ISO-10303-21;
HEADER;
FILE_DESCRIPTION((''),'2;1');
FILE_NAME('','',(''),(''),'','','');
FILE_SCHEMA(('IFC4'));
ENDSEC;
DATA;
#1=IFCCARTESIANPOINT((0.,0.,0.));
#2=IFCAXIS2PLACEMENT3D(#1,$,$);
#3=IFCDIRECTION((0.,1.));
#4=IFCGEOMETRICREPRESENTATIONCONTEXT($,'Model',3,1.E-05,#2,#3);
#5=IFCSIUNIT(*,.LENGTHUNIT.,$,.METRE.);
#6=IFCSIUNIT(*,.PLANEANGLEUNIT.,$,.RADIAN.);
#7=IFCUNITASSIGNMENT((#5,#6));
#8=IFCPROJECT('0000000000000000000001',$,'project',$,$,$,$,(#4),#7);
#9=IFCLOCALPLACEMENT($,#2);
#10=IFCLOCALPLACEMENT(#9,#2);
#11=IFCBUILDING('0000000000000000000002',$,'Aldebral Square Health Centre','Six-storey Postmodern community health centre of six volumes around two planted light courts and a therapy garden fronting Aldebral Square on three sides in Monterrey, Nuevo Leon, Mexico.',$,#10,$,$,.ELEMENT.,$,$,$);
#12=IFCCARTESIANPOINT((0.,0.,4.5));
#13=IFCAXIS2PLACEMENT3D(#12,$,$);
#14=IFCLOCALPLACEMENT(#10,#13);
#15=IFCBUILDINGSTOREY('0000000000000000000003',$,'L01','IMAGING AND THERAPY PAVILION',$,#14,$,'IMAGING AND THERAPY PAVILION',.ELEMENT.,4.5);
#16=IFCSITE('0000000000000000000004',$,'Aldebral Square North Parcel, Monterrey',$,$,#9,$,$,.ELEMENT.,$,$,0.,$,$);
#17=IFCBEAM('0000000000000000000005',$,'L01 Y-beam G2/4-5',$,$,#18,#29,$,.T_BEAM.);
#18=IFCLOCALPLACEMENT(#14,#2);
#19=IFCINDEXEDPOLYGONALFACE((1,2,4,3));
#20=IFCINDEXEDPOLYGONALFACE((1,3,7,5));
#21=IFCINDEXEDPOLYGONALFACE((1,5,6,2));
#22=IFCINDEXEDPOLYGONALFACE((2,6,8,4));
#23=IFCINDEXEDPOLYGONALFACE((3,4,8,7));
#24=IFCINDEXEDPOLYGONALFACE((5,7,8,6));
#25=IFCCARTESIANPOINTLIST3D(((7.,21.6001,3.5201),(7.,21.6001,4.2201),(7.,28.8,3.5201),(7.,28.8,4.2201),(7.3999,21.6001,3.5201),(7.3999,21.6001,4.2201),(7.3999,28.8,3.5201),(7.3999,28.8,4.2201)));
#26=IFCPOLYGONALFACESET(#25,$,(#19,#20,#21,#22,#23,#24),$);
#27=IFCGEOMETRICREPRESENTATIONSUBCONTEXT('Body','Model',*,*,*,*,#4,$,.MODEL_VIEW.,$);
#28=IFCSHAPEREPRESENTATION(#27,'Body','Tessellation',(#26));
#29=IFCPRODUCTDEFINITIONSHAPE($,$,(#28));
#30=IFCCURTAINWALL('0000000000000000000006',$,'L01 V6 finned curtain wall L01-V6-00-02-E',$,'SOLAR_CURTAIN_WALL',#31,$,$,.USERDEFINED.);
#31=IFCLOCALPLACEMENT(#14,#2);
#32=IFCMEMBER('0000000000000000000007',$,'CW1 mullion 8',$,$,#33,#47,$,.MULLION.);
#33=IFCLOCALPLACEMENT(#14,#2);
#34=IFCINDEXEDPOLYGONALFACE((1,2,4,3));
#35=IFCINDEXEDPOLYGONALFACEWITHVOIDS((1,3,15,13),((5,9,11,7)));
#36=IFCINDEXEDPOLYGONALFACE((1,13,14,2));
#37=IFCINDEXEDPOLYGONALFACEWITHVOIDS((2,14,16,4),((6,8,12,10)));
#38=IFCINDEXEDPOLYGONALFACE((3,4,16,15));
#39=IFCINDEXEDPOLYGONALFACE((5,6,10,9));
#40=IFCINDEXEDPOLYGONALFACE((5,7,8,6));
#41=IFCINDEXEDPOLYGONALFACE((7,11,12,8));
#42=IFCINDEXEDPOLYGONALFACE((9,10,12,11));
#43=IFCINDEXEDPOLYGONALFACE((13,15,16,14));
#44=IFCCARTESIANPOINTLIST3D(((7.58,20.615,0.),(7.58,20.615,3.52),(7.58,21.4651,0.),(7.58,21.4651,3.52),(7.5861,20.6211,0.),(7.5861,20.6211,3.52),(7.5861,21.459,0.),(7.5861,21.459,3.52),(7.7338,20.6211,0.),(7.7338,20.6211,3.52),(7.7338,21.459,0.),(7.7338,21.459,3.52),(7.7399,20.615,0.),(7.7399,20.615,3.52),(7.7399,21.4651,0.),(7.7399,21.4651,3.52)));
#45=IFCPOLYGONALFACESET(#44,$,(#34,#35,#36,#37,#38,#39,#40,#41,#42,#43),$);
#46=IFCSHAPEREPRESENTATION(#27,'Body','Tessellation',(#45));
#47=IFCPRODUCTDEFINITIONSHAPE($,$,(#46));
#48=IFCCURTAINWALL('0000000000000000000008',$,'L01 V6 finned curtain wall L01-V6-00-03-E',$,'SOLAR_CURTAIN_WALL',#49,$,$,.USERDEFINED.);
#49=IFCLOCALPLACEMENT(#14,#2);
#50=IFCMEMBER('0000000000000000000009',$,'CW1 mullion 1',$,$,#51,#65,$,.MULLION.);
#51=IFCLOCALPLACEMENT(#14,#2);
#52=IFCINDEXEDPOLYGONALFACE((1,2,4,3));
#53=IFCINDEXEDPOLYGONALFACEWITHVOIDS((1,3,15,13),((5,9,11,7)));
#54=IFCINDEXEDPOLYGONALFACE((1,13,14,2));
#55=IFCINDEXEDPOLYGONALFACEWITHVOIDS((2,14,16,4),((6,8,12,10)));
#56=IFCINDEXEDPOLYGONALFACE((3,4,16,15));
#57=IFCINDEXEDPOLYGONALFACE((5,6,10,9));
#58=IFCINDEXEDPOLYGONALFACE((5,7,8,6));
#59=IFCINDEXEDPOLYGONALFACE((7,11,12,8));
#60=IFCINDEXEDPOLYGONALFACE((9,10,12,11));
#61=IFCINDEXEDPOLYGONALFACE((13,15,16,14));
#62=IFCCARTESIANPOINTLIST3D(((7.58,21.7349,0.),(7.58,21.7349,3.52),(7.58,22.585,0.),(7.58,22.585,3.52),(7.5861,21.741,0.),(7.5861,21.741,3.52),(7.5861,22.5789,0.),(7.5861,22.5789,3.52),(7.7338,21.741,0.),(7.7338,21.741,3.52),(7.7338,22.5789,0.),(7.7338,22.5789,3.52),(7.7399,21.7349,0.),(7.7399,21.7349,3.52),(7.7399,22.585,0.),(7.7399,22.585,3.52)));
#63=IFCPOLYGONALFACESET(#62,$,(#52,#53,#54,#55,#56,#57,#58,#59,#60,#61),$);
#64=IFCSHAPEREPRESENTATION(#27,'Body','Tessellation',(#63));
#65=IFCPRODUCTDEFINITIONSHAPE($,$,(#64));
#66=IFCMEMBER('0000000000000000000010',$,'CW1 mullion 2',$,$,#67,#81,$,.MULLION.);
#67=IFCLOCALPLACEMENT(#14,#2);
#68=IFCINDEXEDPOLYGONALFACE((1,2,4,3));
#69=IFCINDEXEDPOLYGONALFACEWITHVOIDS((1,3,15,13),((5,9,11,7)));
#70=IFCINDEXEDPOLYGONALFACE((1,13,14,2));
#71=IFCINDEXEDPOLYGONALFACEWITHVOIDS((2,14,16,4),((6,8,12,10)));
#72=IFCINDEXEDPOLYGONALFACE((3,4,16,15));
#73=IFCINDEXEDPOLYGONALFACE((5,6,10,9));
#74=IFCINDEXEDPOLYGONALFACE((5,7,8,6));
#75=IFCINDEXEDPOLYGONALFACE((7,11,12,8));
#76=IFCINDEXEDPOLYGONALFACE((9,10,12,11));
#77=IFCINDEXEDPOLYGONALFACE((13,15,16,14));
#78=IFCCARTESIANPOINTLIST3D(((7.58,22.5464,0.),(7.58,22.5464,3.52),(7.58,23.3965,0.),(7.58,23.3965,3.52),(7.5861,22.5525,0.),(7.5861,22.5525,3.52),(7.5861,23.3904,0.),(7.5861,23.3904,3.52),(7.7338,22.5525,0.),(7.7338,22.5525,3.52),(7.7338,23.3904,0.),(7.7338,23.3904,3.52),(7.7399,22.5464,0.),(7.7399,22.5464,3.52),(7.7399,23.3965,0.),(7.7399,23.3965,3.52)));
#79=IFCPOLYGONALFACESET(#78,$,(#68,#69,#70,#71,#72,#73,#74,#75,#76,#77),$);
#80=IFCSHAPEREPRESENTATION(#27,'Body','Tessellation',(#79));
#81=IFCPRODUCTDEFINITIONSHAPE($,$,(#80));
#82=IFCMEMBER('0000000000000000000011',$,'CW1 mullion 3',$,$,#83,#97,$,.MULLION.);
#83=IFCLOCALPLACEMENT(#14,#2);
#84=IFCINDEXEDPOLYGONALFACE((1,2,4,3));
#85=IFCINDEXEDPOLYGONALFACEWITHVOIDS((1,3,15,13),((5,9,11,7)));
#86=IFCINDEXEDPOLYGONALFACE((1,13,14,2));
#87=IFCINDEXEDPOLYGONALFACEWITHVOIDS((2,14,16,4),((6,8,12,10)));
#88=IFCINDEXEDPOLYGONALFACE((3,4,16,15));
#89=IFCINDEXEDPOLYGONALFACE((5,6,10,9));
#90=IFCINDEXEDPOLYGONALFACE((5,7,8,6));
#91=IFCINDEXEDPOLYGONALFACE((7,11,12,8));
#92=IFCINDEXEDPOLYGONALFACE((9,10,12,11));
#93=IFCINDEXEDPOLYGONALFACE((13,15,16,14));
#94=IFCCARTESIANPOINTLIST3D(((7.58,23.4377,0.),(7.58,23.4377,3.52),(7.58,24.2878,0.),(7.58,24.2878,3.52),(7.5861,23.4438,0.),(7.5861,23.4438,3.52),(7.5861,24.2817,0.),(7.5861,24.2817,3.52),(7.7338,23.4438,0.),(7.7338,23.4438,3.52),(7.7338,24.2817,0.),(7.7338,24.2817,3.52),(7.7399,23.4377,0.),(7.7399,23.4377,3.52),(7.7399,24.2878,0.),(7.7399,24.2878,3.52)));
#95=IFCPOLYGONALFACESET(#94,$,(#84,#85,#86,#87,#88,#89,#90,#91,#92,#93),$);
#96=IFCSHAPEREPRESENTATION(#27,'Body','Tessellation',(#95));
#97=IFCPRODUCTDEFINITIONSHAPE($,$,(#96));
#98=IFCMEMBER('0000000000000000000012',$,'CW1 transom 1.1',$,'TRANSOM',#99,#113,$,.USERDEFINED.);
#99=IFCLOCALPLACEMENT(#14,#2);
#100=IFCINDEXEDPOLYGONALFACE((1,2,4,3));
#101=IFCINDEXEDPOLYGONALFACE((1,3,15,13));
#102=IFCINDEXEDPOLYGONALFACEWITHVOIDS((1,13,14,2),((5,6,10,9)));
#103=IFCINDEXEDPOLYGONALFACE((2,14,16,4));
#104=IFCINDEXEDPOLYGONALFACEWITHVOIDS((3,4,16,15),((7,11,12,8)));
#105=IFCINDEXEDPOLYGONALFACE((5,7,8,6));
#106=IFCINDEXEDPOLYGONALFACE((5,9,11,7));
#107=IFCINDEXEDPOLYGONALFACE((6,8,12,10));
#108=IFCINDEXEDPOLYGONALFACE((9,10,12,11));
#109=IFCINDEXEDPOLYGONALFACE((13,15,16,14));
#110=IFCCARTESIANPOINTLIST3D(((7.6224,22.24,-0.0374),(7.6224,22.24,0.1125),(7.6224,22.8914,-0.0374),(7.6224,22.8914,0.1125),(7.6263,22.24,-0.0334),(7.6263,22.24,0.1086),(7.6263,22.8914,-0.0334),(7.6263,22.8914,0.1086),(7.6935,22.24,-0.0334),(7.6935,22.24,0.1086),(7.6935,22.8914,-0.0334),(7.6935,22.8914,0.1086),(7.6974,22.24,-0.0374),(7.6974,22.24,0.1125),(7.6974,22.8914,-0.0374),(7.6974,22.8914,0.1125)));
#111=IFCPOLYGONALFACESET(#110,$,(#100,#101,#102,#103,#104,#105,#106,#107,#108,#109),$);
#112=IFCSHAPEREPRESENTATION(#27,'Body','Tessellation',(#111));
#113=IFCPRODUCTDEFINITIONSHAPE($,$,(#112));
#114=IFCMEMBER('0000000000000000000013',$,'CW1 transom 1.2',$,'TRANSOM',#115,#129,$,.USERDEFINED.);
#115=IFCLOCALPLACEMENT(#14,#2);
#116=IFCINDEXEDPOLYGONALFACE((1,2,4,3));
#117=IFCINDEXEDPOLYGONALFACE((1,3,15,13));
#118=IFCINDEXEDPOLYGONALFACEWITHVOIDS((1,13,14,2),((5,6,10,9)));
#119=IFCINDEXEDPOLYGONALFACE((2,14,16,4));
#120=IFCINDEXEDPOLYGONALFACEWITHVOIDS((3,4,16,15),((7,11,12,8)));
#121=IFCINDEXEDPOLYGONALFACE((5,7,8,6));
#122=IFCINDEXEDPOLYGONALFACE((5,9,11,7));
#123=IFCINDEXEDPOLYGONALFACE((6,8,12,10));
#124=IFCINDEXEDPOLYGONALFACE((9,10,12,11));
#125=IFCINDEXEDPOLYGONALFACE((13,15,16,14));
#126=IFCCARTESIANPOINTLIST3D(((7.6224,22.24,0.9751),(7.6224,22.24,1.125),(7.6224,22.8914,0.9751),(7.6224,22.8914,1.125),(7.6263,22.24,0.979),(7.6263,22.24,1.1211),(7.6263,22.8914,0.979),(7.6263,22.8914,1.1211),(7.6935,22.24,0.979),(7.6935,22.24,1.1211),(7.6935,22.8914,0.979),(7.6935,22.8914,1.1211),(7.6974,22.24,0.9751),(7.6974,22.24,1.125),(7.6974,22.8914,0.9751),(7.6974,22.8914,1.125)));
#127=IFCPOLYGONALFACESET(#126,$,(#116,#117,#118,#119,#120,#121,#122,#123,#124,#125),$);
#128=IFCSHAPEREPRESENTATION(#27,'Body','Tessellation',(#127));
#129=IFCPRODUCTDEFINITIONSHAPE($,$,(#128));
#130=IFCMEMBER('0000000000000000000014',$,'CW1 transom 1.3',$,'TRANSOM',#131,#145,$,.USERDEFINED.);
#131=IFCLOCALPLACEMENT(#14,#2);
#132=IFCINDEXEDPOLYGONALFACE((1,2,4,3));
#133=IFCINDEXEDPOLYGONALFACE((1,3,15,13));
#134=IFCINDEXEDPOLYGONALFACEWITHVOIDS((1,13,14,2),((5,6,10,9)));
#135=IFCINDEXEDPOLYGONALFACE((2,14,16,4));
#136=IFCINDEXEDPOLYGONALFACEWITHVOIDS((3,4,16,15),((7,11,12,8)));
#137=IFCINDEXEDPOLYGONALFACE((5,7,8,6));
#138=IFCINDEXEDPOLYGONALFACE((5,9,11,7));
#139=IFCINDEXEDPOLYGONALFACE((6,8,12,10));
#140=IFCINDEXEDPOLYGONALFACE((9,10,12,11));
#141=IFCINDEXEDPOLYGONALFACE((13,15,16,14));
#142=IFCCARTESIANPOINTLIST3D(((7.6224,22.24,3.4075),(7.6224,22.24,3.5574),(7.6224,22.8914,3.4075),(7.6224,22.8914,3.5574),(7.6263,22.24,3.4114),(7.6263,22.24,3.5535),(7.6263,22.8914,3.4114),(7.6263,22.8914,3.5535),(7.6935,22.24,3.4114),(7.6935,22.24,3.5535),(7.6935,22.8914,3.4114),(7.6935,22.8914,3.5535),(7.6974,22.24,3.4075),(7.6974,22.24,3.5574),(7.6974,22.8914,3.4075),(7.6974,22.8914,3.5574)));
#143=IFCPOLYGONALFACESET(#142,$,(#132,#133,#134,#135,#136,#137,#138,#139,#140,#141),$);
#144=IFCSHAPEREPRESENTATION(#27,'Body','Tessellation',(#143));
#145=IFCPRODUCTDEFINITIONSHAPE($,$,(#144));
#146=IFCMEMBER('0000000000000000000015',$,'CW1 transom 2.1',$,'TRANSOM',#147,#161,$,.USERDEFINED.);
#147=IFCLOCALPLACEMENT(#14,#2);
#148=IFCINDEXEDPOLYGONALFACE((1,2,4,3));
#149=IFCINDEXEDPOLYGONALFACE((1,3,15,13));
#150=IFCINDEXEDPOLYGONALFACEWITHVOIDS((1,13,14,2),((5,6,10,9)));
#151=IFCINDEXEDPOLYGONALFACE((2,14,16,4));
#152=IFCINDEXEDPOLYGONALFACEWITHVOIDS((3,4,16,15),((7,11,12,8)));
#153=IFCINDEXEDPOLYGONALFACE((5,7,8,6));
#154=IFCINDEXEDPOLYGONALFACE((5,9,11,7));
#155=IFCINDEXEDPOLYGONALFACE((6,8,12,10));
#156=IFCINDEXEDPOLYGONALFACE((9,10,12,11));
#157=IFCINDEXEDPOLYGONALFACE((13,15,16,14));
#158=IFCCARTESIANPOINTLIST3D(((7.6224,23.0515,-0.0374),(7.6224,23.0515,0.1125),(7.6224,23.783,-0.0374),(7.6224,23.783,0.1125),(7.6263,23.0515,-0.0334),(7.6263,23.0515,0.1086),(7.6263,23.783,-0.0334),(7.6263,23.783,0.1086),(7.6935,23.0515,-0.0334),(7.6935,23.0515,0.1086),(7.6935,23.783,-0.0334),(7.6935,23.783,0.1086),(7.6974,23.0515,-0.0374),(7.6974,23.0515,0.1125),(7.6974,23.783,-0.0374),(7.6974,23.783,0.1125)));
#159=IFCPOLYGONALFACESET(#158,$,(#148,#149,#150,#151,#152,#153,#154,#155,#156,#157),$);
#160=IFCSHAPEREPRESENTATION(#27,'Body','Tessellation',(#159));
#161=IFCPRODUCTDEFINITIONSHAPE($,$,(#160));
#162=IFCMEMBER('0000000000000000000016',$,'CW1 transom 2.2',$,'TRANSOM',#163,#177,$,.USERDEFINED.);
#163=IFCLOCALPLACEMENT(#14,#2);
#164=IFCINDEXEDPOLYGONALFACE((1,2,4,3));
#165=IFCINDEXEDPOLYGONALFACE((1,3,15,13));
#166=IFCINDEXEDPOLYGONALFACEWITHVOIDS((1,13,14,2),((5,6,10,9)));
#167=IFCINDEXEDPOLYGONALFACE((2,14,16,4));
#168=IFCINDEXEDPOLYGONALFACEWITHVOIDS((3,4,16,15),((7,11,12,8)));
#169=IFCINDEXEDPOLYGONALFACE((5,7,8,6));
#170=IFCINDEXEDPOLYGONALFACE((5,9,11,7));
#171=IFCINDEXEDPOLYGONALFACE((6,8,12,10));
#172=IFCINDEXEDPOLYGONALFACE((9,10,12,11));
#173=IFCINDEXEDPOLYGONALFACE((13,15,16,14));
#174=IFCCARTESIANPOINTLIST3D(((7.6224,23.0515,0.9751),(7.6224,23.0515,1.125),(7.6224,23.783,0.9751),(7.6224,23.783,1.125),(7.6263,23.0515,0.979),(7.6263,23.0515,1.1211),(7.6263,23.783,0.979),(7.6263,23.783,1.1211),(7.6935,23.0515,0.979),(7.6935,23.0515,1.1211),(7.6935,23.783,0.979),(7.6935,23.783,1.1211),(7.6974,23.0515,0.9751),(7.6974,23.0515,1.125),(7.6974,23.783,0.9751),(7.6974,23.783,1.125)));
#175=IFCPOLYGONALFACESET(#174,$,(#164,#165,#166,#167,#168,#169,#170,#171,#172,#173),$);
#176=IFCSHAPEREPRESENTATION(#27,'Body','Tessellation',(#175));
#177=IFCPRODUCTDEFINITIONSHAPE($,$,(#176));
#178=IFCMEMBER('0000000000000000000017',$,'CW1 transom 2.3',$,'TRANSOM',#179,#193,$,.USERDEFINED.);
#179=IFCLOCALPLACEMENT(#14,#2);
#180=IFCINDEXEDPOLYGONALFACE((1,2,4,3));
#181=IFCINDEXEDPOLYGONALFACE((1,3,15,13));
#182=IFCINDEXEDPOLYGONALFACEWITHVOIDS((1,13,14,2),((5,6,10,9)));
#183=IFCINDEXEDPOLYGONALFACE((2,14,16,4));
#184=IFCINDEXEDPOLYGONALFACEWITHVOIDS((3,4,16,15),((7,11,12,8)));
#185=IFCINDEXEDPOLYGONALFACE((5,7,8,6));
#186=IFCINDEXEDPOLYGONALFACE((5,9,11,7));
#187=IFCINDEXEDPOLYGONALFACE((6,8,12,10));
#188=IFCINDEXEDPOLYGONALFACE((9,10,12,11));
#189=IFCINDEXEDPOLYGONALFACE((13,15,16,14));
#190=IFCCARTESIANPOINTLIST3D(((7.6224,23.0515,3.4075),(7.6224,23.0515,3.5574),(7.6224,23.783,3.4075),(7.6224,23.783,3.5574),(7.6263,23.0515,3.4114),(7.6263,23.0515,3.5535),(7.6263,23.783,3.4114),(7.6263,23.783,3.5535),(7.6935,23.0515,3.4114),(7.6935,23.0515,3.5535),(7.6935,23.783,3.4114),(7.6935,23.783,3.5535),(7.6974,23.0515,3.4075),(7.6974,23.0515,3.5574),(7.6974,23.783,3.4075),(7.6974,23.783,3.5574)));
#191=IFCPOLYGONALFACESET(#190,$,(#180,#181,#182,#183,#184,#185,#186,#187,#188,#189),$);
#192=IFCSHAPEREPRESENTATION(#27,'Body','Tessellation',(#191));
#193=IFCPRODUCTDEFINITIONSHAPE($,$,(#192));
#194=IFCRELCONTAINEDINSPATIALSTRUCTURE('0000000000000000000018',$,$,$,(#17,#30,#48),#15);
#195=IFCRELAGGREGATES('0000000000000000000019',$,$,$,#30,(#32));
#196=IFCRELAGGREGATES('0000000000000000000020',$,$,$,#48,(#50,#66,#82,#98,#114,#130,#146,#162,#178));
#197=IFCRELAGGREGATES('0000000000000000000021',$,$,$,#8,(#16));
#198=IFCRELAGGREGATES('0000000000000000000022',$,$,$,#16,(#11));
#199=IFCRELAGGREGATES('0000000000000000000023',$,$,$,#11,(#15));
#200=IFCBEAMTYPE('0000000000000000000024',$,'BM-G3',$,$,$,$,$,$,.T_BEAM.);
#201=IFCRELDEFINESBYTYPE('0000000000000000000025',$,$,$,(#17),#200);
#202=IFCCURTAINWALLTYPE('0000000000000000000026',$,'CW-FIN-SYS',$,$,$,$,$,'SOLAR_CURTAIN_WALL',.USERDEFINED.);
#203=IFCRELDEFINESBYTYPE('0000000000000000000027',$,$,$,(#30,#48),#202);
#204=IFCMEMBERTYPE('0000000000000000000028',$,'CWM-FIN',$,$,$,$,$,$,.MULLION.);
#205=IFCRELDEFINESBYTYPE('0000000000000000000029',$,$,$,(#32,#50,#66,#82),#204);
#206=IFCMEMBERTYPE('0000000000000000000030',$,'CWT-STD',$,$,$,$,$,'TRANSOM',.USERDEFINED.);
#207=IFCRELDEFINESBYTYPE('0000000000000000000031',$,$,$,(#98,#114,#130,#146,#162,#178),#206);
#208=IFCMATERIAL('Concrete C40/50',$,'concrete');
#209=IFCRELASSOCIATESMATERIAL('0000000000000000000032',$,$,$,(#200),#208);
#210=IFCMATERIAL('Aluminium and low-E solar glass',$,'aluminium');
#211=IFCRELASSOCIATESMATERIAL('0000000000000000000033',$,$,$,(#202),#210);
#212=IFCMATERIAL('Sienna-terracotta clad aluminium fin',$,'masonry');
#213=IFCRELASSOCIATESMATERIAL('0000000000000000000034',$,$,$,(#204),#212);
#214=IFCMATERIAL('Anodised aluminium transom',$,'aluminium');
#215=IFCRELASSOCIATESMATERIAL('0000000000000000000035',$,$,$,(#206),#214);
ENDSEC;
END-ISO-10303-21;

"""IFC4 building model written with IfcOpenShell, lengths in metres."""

from ifc_helpers import new_model, si_unit, direction, frame, origin, origin_2d, place, context, subcontext, project, spatial, rectangle, hollow_rectangle, extrude, material, material_profile, profile_set, type_object, element, aggregate, save


model = new_model("IFC4")

# Units and contexts
model_context = context("Model", 3, precision=1e-05, world=origin(), true_north=direction((0.0, 1.0)))
body_context = subcontext(model_context, "Body", "Model", "MODEL_VIEW")
ifc_project = project(units=[si_unit("LENGTHUNIT", "METRE"), si_unit("PLANEANGLEUNIT", "RADIAN")], contexts=[model_context])

# Site, building, storey
site_placement = place(None, origin())
site = spatial("IfcSite", under=ifc_project, at=site_placement, Name="Aldebral Square North Parcel, Monterrey", CompositionType="ELEMENT", RefElevation=0.0)
building_placement = place(site_placement, origin())
building = spatial("IfcBuilding", under=site, at=building_placement, Name="Aldebral Square Health Centre", Description="Six-storey Postmodern community health centre of six volumes around two planted light courts and a therapy garden fronting Aldebral Square on three sides in Monterrey, Nuevo Leon, Mexico.", CompositionType="ELEMENT")
storey_placement = place(building_placement, frame((0.0, 0.0, 4.5)))
storey = spatial("IfcBuildingStorey", under=building, at=storey_placement, Name="L01", Description="IMAGING AND THERAPY PAVILION", LongName="IMAGING AND THERAPY PAVILION", CompositionType="ELEMENT", Elevation=4.5)

# Beam
ifc_material_1 = material(Name="Concrete C40/50", Category="concrete")
ifc_material_profile_1 = material_profile(ifc_material_1, rectangle(XDim=0.3999, YDim=0.7, at=origin_2d()), Name="RC 400x700")
ifc_profile_set_1 = profile_set([ifc_material_profile_1], Name="Concrete C40/50")
beam_type = type_object("IfcBeamType", Name="BM-G3", PredefinedType="T_BEAM", material=ifc_profile_set_1)
beam_placement = place(storey_placement, frame((7.2, 21.6001, 3.8701), z_axis=(0.0, 1.0, 0.0), x_axis=(-1.0, 0.0, 0.0)))
element("IfcBeam", 1, at=beam_placement, inside=storey, type_object=beam_type, Name="L01 Y-beam G2/4-5", PredefinedType="T_BEAM", context=body_context, shape_type="SweptSolid", body=[
    extrude(rectangle(XDim=0.3999, YDim=0.7, at=origin_2d()), origin(), (0.0, 0.0, 1.0), 7.2),
])

# Curtain wall, member
ifc_material_2 = material(Name="Aluminium and low-E solar glass", Category="aluminium")
curtain_wall_type = type_object("IfcCurtainWallType", Name="CW-FIN-SYS", ElementType="SOLAR_CURTAIN_WALL", PredefinedType="USERDEFINED", material=ifc_material_2)
curtain_wall_1_placement = place(storey_placement, origin())
curtain_wall_1 = element("IfcCurtainWall", 2, at=curtain_wall_1_placement, inside=storey, type_object=curtain_wall_type, Name="L01 V6 finned curtain wall L01-V6-00-02-E", ObjectType="SOLAR_CURTAIN_WALL", PredefinedType="USERDEFINED")
ifc_material_3 = material(Name="Sienna-terracotta clad aluminium fin", Category="masonry")
ifc_material_profile_2 = material_profile(ifc_material_3, hollow_rectangle(XDim=0.1599, YDim=0.8501, WallThickness=0.0061, at=origin_2d()), Name="FIN 160x850x6")
ifc_profile_set_2 = profile_set([ifc_material_profile_2], Name="Sienna-terracotta clad aluminium fin")
member_type_1 = type_object("IfcMemberType", Name="CWM-FIN", PredefinedType="MULLION", material=ifc_profile_set_2)
member_1_placement = place(storey_placement, frame((7.6599, 21.04, 0.0), z_axis=(0.0, 0.0, 1.0), x_axis=(-1.0, 0.0, 0.0)))
member_1 = element("IfcMember", 3, at=member_1_placement, type_object=member_type_1, Name="CW1 mullion 8", PredefinedType="MULLION", context=body_context, shape_type="SweptSolid", body=[
    extrude(hollow_rectangle(XDim=0.1599, YDim=0.8501, WallThickness=0.0061, at=origin_2d()), origin(), (0.0, 0.0, 1.0), 3.52),
])
aggregate(curtain_wall_1, [member_1])

# Curtain wall, members
curtain_wall_2_placement = place(storey_placement, origin())
curtain_wall_2 = element("IfcCurtainWall", 4, at=curtain_wall_2_placement, inside=storey, type_object=curtain_wall_type, Name="L01 V6 finned curtain wall L01-V6-00-03-E", ObjectType="SOLAR_CURTAIN_WALL", PredefinedType="USERDEFINED")
member_2_placement = place(storey_placement, frame((7.6599, 22.1599, 0.0), z_axis=(0.0, 0.0, 1.0), x_axis=(-1.0, 0.0, 0.0)))
member_2 = element("IfcMember", 5, at=member_2_placement, type_object=member_type_1, Name="CW1 mullion 1", PredefinedType="MULLION", context=body_context, shape_type="SweptSolid", body=[
    extrude(hollow_rectangle(XDim=0.1599, YDim=0.8501, WallThickness=0.0061, at=origin_2d()), origin(), (0.0, 0.0, 1.0), 3.52),
])
member_3_placement = place(storey_placement, frame((7.6599, 22.9714, 0.0), z_axis=(0.0, 0.0, 1.0), x_axis=(-1.0, 0.0, 0.0)))
member_3 = element("IfcMember", 6, at=member_3_placement, type_object=member_type_1, Name="CW1 mullion 2", PredefinedType="MULLION", context=body_context, shape_type="SweptSolid", body=[
    extrude(hollow_rectangle(XDim=0.1599, YDim=0.8501, WallThickness=0.0061, at=origin_2d()), origin(), (0.0, 0.0, 1.0), 3.52),
])
member_4_placement = place(storey_placement, frame((7.6599, 23.8628, 0.0), z_axis=(0.0, 0.0, 1.0), x_axis=(-1.0, 0.0, 0.0)))
member_4 = element("IfcMember", 7, at=member_4_placement, type_object=member_type_1, Name="CW1 mullion 3", PredefinedType="MULLION", context=body_context, shape_type="SweptSolid", body=[
    extrude(hollow_rectangle(XDim=0.1599, YDim=0.8501, WallThickness=0.0061, at=origin_2d()), origin(), (0.0, 0.0, 1.0), 3.52),
])
ifc_material_4 = material(Name="Anodised aluminium transom", Category="aluminium")
ifc_material_profile_3 = material_profile(ifc_material_4, hollow_rectangle(XDim=0.075, YDim=0.1499, WallThickness=0.0039, at=origin_2d()), Name="CWT 75x150x4")
ifc_profile_set_3 = profile_set([ifc_material_profile_3], Name="Anodised aluminium transom")
member_type_2 = type_object("IfcMemberType", Name="CWT-STD", ElementType="TRANSOM", PredefinedType="USERDEFINED", material=ifc_profile_set_3)
member_5_placement = place(storey_placement, frame((7.6599, 22.24, 0.0376), z_axis=(0.0, 1.0, 0.0), x_axis=(-1.0, 0.0, 0.0)))
member_5 = element("IfcMember", 8, at=member_5_placement, type_object=member_type_2, Name="CW1 transom 1.1", ObjectType="TRANSOM", PredefinedType="USERDEFINED", context=body_context, shape_type="SweptSolid", body=[
    extrude(hollow_rectangle(XDim=0.075, YDim=0.1499, WallThickness=0.0039, at=origin_2d()), origin(), (0.0, 0.0, 1.0), 0.6514),
])
member_6_placement = place(storey_placement, frame((7.6599, 22.24, 1.05), z_axis=(0.0, 1.0, 0.0), x_axis=(-1.0, 0.0, 0.0)))
member_6 = element("IfcMember", 9, at=member_6_placement, type_object=member_type_2, Name="CW1 transom 1.2", ObjectType="TRANSOM", PredefinedType="USERDEFINED", context=body_context, shape_type="SweptSolid", body=[
    extrude(hollow_rectangle(XDim=0.075, YDim=0.1499, WallThickness=0.0039, at=origin_2d()), origin(), (0.0, 0.0, 1.0), 0.6514),
])
member_7_placement = place(storey_placement, frame((7.6599, 22.24, 3.4824), z_axis=(0.0, 1.0, 0.0), x_axis=(-1.0, 0.0, 0.0)))
member_7 = element("IfcMember", 10, at=member_7_placement, type_object=member_type_2, Name="CW1 transom 1.3", ObjectType="TRANSOM", PredefinedType="USERDEFINED", context=body_context, shape_type="SweptSolid", body=[
    extrude(hollow_rectangle(XDim=0.075, YDim=0.1499, WallThickness=0.0039, at=origin_2d()), origin(), (0.0, 0.0, 1.0), 0.6514),
])
member_8_placement = place(storey_placement, frame((7.6599, 23.0515, 0.0376), z_axis=(0.0, 1.0, 0.0), x_axis=(-1.0, 0.0, 0.0)))
member_8 = element("IfcMember", 11, at=member_8_placement, type_object=member_type_2, Name="CW1 transom 2.1", ObjectType="TRANSOM", PredefinedType="USERDEFINED", context=body_context, shape_type="SweptSolid", body=[
    extrude(hollow_rectangle(XDim=0.075, YDim=0.1499, WallThickness=0.0039, at=origin_2d()), origin(), (0.0, 0.0, 1.0), 0.7314),
])
member_9_placement = place(storey_placement, frame((7.6599, 23.0515, 1.05), z_axis=(0.0, 1.0, 0.0), x_axis=(-1.0, 0.0, 0.0)))
member_9 = element("IfcMember", 12, at=member_9_placement, type_object=member_type_2, Name="CW1 transom 2.2", ObjectType="TRANSOM", PredefinedType="USERDEFINED", context=body_context, shape_type="SweptSolid", body=[
    extrude(hollow_rectangle(XDim=0.075, YDim=0.1499, WallThickness=0.0039, at=origin_2d()), origin(), (0.0, 0.0, 1.0), 0.7314),
])
member_10_placement = place(storey_placement, frame((7.6599, 23.0515, 3.4824), z_axis=(0.0, 1.0, 0.0), x_axis=(-1.0, 0.0, 0.0)))
member_10 = element("IfcMember", 13, at=member_10_placement, type_object=member_type_2, Name="CW1 transom 2.3", ObjectType="TRANSOM", PredefinedType="USERDEFINED", context=body_context, shape_type="SweptSolid", body=[
    extrude(hollow_rectangle(XDim=0.075, YDim=0.1499, WallThickness=0.0039, at=origin_2d()), origin(), (0.0, 0.0, 1.0), 0.7314),
])
aggregate(curtain_wall_2, [member_2, member_3, member_4, member_5, member_6, member_7, member_8, member_9, member_10])

save(model, "model.ifc")
